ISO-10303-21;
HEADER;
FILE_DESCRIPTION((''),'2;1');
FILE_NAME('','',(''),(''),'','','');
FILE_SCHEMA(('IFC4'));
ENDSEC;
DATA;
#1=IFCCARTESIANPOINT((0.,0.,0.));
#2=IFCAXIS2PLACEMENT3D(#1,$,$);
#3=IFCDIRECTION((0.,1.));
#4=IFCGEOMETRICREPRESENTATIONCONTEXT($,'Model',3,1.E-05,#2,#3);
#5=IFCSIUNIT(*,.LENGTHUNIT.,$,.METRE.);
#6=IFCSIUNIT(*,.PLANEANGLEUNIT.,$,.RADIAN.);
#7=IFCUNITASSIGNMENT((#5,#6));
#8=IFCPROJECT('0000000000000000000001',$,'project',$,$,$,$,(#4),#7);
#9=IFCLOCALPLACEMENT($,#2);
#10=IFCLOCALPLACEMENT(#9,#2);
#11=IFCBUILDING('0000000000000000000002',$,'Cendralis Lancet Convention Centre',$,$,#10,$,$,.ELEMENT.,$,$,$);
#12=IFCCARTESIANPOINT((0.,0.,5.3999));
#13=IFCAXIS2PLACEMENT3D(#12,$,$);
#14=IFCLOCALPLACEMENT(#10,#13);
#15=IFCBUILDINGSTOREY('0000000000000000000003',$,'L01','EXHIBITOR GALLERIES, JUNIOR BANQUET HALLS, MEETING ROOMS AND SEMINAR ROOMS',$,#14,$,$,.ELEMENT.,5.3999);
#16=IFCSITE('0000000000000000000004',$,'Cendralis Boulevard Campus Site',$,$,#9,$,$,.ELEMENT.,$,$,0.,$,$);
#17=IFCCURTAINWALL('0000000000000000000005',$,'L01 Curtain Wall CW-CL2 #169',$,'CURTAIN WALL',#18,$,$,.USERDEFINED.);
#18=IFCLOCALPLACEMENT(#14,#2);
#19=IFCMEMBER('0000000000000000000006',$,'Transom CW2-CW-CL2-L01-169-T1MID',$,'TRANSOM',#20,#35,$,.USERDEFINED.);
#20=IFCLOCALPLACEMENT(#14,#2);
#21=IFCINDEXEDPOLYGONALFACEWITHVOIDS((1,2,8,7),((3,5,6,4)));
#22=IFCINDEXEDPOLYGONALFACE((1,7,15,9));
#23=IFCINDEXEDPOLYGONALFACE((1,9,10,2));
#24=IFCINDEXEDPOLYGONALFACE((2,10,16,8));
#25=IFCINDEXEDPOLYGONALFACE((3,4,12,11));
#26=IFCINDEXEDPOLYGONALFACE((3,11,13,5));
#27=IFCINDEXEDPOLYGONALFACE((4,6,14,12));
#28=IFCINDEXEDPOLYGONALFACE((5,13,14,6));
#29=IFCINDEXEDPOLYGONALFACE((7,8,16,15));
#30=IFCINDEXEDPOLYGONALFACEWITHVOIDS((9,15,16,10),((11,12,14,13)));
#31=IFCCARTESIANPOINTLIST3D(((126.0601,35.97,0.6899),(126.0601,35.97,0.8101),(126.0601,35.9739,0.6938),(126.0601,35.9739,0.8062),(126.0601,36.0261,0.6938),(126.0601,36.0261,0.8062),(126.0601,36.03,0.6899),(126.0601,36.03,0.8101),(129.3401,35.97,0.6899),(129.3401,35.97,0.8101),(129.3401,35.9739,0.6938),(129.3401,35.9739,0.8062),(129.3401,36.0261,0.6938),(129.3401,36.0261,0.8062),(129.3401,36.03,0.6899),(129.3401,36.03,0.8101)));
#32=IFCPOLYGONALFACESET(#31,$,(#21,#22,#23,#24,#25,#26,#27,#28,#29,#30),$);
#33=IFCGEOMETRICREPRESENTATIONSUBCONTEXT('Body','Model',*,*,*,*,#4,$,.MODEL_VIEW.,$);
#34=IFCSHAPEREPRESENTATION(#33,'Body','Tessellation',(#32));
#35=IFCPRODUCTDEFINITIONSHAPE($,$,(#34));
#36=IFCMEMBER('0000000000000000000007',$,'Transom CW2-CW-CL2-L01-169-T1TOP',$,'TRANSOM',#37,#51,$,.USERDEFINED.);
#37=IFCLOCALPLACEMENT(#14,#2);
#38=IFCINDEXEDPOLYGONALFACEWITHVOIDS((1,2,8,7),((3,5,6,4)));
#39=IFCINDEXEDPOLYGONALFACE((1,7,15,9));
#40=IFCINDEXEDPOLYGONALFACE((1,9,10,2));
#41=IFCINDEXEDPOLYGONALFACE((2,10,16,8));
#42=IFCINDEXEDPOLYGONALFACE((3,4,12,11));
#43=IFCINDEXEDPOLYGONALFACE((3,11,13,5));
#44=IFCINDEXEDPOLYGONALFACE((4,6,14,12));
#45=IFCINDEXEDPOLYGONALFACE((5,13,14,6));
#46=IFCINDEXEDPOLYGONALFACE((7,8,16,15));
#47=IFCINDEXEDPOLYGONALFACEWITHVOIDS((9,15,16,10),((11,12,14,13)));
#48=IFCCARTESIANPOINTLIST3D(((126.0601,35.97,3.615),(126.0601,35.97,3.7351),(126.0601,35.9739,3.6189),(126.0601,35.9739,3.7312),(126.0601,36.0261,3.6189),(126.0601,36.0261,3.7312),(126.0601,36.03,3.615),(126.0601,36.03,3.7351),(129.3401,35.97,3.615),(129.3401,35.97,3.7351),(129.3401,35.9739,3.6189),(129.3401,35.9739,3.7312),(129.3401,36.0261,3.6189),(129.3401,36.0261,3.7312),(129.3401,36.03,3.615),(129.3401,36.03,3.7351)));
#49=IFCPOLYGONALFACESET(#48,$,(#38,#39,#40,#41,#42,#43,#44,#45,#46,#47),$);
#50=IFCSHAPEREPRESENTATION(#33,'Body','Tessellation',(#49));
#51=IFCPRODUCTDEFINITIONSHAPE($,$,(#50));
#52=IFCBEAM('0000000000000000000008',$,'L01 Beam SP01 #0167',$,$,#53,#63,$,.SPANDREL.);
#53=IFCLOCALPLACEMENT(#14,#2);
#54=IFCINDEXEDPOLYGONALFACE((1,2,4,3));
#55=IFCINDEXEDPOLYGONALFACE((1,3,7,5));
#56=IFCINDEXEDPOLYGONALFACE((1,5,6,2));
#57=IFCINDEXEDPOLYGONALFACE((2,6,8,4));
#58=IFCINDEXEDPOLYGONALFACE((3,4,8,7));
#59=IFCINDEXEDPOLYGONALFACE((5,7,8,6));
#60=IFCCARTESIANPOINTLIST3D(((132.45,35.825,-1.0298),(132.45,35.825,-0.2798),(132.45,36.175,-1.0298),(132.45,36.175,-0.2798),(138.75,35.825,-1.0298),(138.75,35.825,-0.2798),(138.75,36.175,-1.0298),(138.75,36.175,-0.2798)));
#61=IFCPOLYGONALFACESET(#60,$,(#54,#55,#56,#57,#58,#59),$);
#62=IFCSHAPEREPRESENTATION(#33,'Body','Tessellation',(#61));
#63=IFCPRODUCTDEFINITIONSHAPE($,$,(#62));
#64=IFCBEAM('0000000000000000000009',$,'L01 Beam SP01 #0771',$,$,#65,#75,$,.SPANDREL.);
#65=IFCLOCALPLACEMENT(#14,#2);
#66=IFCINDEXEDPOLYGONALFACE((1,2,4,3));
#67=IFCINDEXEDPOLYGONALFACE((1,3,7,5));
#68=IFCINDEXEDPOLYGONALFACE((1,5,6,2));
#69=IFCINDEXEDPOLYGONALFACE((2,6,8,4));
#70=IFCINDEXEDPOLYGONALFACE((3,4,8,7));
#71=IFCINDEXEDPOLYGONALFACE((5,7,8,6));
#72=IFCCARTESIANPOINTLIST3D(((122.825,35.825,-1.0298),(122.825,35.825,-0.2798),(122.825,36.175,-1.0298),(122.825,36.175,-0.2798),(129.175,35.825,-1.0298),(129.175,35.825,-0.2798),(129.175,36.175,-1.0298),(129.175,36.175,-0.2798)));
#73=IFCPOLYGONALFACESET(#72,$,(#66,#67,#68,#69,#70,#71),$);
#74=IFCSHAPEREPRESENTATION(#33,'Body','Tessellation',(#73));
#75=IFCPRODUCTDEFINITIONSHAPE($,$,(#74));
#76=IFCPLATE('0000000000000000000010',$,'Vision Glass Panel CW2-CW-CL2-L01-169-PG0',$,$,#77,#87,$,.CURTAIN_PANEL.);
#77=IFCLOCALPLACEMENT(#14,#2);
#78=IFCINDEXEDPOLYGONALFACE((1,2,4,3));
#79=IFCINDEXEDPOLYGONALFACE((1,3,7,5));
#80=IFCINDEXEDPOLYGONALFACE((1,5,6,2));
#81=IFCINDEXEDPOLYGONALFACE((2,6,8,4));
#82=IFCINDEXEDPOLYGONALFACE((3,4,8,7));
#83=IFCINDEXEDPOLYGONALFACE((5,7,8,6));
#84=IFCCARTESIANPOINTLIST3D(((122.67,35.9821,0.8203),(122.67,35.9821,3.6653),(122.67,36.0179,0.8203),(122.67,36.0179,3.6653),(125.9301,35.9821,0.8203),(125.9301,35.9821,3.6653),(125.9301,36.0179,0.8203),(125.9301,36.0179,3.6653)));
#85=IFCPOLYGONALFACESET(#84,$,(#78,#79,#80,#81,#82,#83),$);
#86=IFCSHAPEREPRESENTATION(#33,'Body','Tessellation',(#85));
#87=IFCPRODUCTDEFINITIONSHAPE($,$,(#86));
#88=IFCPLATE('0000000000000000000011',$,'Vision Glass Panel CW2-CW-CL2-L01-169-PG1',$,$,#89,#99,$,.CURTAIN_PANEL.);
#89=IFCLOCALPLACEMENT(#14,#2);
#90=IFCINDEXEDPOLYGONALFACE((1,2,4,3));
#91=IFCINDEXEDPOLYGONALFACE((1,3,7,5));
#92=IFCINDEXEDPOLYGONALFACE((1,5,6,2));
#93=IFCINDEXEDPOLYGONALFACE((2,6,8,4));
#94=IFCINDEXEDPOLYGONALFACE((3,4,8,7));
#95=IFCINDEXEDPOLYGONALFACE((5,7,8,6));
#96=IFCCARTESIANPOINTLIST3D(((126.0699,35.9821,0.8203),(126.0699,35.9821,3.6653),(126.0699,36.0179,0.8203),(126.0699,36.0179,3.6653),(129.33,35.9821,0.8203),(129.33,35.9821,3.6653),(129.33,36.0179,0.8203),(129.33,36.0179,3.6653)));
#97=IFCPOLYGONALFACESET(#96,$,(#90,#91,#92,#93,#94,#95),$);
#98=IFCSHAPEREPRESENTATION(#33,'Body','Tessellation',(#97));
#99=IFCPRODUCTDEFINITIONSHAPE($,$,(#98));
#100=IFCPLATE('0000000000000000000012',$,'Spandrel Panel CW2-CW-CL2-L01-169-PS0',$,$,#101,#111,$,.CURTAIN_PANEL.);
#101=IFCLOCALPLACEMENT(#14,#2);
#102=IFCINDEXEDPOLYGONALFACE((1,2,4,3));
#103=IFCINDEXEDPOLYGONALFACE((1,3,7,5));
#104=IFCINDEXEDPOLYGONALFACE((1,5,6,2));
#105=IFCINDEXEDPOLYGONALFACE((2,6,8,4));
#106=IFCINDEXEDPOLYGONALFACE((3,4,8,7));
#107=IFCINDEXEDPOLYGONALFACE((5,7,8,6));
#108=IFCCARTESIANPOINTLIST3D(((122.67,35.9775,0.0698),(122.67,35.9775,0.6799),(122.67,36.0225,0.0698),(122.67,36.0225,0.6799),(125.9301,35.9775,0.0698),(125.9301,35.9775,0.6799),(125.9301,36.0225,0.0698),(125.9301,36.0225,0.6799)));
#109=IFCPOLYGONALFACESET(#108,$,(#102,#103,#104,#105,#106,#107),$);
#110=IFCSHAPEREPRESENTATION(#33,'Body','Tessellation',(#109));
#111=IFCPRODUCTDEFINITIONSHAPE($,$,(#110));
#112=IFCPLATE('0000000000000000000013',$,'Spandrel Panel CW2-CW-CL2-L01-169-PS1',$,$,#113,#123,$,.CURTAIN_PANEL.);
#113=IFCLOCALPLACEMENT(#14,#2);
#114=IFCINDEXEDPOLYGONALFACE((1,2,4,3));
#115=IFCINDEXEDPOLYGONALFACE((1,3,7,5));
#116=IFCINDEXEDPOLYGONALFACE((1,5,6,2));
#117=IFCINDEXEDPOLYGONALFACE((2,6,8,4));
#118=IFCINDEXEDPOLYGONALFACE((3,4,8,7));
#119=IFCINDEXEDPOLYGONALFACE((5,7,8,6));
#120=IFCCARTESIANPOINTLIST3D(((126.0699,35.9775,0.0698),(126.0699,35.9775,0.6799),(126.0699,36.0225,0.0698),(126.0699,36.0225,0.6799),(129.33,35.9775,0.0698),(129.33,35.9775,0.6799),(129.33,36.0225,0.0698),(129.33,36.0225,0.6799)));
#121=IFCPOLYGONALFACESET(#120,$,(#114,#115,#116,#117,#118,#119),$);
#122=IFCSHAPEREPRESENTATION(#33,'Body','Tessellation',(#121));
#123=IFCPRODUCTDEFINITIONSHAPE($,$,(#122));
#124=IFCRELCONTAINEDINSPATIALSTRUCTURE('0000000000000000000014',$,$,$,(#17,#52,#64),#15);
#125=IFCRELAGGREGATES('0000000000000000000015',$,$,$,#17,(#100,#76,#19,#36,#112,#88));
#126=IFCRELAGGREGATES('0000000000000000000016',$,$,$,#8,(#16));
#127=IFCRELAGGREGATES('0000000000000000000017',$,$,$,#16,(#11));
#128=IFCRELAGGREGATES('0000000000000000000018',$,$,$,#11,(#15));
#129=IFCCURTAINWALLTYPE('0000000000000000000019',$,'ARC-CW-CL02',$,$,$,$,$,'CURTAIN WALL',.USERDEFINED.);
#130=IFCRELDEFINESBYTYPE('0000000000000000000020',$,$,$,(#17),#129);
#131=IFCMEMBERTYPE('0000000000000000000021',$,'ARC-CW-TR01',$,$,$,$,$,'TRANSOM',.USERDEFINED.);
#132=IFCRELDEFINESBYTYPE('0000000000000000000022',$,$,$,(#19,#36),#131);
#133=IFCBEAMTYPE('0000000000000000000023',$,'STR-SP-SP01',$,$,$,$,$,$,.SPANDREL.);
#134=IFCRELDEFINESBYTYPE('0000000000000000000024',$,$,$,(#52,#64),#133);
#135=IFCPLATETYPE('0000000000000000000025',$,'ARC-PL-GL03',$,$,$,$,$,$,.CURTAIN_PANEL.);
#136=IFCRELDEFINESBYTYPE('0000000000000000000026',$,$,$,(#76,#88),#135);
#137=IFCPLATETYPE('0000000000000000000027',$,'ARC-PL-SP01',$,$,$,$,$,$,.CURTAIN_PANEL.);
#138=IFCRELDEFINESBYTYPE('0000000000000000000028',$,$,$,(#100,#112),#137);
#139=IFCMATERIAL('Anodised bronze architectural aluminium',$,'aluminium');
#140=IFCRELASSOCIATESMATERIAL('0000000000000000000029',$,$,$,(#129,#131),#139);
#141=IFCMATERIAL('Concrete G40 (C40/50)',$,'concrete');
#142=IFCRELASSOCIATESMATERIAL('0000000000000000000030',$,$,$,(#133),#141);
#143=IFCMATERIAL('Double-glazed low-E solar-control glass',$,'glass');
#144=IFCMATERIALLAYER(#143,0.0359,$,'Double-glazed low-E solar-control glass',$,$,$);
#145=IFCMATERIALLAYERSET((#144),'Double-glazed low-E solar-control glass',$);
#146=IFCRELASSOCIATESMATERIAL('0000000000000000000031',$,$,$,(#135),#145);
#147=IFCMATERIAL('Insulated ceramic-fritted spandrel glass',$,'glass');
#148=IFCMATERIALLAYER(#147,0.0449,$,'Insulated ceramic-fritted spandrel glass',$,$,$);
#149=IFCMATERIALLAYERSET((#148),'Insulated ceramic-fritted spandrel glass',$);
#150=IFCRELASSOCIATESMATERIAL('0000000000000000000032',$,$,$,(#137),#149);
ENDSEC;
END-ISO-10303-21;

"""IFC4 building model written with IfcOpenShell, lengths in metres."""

from ifc_helpers import new_model, si_unit, direction, frame, origin, origin_2d, place, context, subcontext, project, spatial, rectangle, hollow_rectangle, extrude, material, layer, layer_set, material_profile, profile_set, type_object, element, aggregate, save


model = new_model("IFC4")

# Units and contexts
model_context = context("Model", 3, precision=1e-05, world=origin(), true_north=direction((0.0, 1.0)))
body_context = subcontext(model_context, "Body", "Model", "MODEL_VIEW")
ifc_project = project(units=[si_unit("LENGTHUNIT", "METRE"), si_unit("PLANEANGLEUNIT", "RADIAN")], contexts=[model_context])

# Site, building, storey
site_placement = place(None, origin())
site = spatial("IfcSite", under=ifc_project, at=site_placement, Name="Cendralis Boulevard Campus Site", CompositionType="ELEMENT", RefElevation=0.0)
building_placement = place(site_placement, origin())
building = spatial("IfcBuilding", under=site, at=building_placement, Name="Cendralis Lancet Convention Centre", CompositionType="ELEMENT")
storey_placement = place(building_placement, frame((0.0, 0.0, 5.3999)))
storey = spatial("IfcBuildingStorey", under=building, at=storey_placement, Name="L01", Description="EXHIBITOR GALLERIES, JUNIOR BANQUET HALLS, MEETING ROOMS AND SEMINAR ROOMS", CompositionType="ELEMENT", Elevation=5.3999)

# Shared definitions
ifc_material_1 = material(Name="Concrete G40 (C40/50)", Category="concrete")

# Curtain wall, members
ifc_material_2 = material(Name="Anodised bronze architectural aluminium", Category="aluminium")
curtain_wall_type = type_object("IfcCurtainWallType", Name="ARC-CW-CL02", ElementType="CURTAIN WALL", PredefinedType="USERDEFINED", material=ifc_material_2)
curtain_wall_placement = place(storey_placement, origin())
curtain_wall = element("IfcCurtainWall", 1, at=curtain_wall_placement, inside=storey, type_object=curtain_wall_type, Name="L01 Curtain Wall CW-CL2 #169", ObjectType="CURTAIN WALL", PredefinedType="USERDEFINED")
ifc_material_profile_1 = material_profile(ifc_material_2, hollow_rectangle(XDim=0.0601, YDim=0.1201, WallThickness=0.0039, at=origin_2d()), Name="AL-TRAN 60x120x4.0")
ifc_profile_set_1 = profile_set([ifc_material_profile_1], Name="Anodised bronze architectural aluminium")
member_type_1 = type_object("IfcMemberType", Name="ARC-CW-TR01", ElementType="TRANSOM", PredefinedType="USERDEFINED", material=ifc_profile_set_1)
member_1_placement = place(storey_placement, frame((126.0601, 36.0, 0.75), z_axis=(1.0, 0.0, 0.0), x_axis=(0.0, 1.0, 0.0)))
member_1 = element("IfcMember", 2, at=member_1_placement, type_object=member_type_1, Name="Transom CW2-CW-CL2-L01-169-T1MID", ObjectType="TRANSOM", PredefinedType="USERDEFINED", context=body_context, shape_type="SweptSolid", body=[
    extrude(hollow_rectangle(XDim=0.0601, YDim=0.1201, WallThickness=0.0039, at=origin_2d()), origin(), (0.0, 0.0, 1.0), 3.28),
])
member_2_placement = place(storey_placement, frame((126.0601, 36.0, 3.675), z_axis=(1.0, 0.0, 0.0), x_axis=(0.0, 1.0, 0.0)))
member_2 = element("IfcMember", 3, at=member_2_placement, type_object=member_type_1, Name="Transom CW2-CW-CL2-L01-169-T1TOP", ObjectType="TRANSOM", PredefinedType="USERDEFINED", context=body_context, shape_type="SweptSolid", body=[
    extrude(hollow_rectangle(XDim=0.0601, YDim=0.1201, WallThickness=0.0039, at=origin_2d()), origin(), (0.0, 0.0, 1.0), 3.28),
])

# Beams
ifc_material_profile_2 = material_profile(ifc_material_1, rectangle(XDim=0.3501, YDim=0.75, at=origin_2d()), Name="RCB 350x750")
ifc_profile_set_2 = profile_set([ifc_material_profile_2], Name="Concrete G40 (C40/50)")
beam_type = type_object("IfcBeamType", Name="STR-SP-SP01", PredefinedType="SPANDREL", material=ifc_profile_set_2)
beam_1_placement = place(storey_placement, frame((132.45, 36.0, -0.6548), z_axis=(1.0, 0.0, 0.0), x_axis=(0.0, 1.0, 0.0)))
element("IfcBeam", 4, at=beam_1_placement, inside=storey, type_object=beam_type, Name="L01 Beam SP01 #0167", PredefinedType="SPANDREL", context=body_context, shape_type="SweptSolid", body=[
    extrude(rectangle(XDim=0.3501, YDim=0.75, at=origin_2d()), origin(), (0.0, 0.0, 1.0), 6.3),
])
beam_2_placement = place(storey_placement, frame((122.825, 36.0, -0.6548), z_axis=(1.0, 0.0, 0.0), x_axis=(0.0, 1.0, 0.0)))
element("IfcBeam", 5, at=beam_2_placement, inside=storey, type_object=beam_type, Name="L01 Beam SP01 #0771", PredefinedType="SPANDREL", context=body_context, shape_type="SweptSolid", body=[
    extrude(rectangle(XDim=0.3501, YDim=0.75, at=origin_2d()), origin(), (0.0, 0.0, 1.0), 6.3501),
])

# Plates
ifc_material_3 = material(Name="Double-glazed low-E solar-control glass", Category="glass")
ifc_layer_1 = layer(ifc_material_3, 0.0359, Name="Double-glazed low-E solar-control glass")
ifc_layer_set_1 = layer_set([ifc_layer_1], Name="Double-glazed low-E solar-control glass")
plate_type_1 = type_object("IfcPlateType", Name="ARC-PL-GL03", PredefinedType="CURTAIN_PANEL", material=ifc_layer_set_1)
plate_1_placement = place(storey_placement, frame((124.3, 36.0, 0.8203), z_axis=(0.0, 0.0, 1.0), x_axis=(1.0, 0.0, 0.0)))
plate_1 = element("IfcPlate", 6, at=plate_1_placement, type_object=plate_type_1, Name="Vision Glass Panel CW2-CW-CL2-L01-169-PG0", PredefinedType="CURTAIN_PANEL", context=body_context, shape_type="SweptSolid", body=[
    extrude(rectangle(XDim=3.26, YDim=0.0359, at=origin_2d()), origin(), (0.0, 0.0, 1.0), 2.845),
])
plate_2_placement = place(storey_placement, frame((127.7, 36.0, 0.8203), z_axis=(0.0, 0.0, 1.0), x_axis=(1.0, 0.0, 0.0)))
plate_2 = element("IfcPlate", 7, at=plate_2_placement, type_object=plate_type_1, Name="Vision Glass Panel CW2-CW-CL2-L01-169-PG1", PredefinedType="CURTAIN_PANEL", context=body_context, shape_type="SweptSolid", body=[
    extrude(rectangle(XDim=3.26, YDim=0.0359, at=origin_2d()), origin(), (0.0, 0.0, 1.0), 2.845),
])
ifc_material_4 = material(Name="Insulated ceramic-fritted spandrel glass", Category="glass")
ifc_layer_2 = layer(ifc_material_4, 0.0449, Name="Insulated ceramic-fritted spandrel glass")
ifc_layer_set_2 = layer_set([ifc_layer_2], Name="Insulated ceramic-fritted spandrel glass")
plate_type_2 = type_object("IfcPlateType", Name="ARC-PL-SP01", PredefinedType="CURTAIN_PANEL", material=ifc_layer_set_2)
plate_3_placement = place(storey_placement, frame((124.3, 36.0, 0.0698), z_axis=(0.0, 0.0, 1.0), x_axis=(1.0, 0.0, 0.0)))
plate_3 = element("IfcPlate", 8, at=plate_3_placement, type_object=plate_type_2, Name="Spandrel Panel CW2-CW-CL2-L01-169-PS0", PredefinedType="CURTAIN_PANEL", context=body_context, shape_type="SweptSolid", body=[
    extrude(rectangle(XDim=3.26, YDim=0.0449, at=origin_2d()), origin(), (0.0, 0.0, 1.0), 0.6101),
])
plate_4_placement = place(storey_placement, frame((127.7, 36.0, 0.0698), z_axis=(0.0, 0.0, 1.0), x_axis=(1.0, 0.0, 0.0)))
plate_4 = element("IfcPlate", 9, at=plate_4_placement, type_object=plate_type_2, Name="Spandrel Panel CW2-CW-CL2-L01-169-PS1", PredefinedType="CURTAIN_PANEL", context=body_context, shape_type="SweptSolid", body=[
    extrude(rectangle(XDim=3.26, YDim=0.0449, at=origin_2d()), origin(), (0.0, 0.0, 1.0), 0.6101),
])
aggregate(curtain_wall, [plate_3, plate_1, member_1, member_2, plate_4, plate_2])

save(model, "model.ifc")
